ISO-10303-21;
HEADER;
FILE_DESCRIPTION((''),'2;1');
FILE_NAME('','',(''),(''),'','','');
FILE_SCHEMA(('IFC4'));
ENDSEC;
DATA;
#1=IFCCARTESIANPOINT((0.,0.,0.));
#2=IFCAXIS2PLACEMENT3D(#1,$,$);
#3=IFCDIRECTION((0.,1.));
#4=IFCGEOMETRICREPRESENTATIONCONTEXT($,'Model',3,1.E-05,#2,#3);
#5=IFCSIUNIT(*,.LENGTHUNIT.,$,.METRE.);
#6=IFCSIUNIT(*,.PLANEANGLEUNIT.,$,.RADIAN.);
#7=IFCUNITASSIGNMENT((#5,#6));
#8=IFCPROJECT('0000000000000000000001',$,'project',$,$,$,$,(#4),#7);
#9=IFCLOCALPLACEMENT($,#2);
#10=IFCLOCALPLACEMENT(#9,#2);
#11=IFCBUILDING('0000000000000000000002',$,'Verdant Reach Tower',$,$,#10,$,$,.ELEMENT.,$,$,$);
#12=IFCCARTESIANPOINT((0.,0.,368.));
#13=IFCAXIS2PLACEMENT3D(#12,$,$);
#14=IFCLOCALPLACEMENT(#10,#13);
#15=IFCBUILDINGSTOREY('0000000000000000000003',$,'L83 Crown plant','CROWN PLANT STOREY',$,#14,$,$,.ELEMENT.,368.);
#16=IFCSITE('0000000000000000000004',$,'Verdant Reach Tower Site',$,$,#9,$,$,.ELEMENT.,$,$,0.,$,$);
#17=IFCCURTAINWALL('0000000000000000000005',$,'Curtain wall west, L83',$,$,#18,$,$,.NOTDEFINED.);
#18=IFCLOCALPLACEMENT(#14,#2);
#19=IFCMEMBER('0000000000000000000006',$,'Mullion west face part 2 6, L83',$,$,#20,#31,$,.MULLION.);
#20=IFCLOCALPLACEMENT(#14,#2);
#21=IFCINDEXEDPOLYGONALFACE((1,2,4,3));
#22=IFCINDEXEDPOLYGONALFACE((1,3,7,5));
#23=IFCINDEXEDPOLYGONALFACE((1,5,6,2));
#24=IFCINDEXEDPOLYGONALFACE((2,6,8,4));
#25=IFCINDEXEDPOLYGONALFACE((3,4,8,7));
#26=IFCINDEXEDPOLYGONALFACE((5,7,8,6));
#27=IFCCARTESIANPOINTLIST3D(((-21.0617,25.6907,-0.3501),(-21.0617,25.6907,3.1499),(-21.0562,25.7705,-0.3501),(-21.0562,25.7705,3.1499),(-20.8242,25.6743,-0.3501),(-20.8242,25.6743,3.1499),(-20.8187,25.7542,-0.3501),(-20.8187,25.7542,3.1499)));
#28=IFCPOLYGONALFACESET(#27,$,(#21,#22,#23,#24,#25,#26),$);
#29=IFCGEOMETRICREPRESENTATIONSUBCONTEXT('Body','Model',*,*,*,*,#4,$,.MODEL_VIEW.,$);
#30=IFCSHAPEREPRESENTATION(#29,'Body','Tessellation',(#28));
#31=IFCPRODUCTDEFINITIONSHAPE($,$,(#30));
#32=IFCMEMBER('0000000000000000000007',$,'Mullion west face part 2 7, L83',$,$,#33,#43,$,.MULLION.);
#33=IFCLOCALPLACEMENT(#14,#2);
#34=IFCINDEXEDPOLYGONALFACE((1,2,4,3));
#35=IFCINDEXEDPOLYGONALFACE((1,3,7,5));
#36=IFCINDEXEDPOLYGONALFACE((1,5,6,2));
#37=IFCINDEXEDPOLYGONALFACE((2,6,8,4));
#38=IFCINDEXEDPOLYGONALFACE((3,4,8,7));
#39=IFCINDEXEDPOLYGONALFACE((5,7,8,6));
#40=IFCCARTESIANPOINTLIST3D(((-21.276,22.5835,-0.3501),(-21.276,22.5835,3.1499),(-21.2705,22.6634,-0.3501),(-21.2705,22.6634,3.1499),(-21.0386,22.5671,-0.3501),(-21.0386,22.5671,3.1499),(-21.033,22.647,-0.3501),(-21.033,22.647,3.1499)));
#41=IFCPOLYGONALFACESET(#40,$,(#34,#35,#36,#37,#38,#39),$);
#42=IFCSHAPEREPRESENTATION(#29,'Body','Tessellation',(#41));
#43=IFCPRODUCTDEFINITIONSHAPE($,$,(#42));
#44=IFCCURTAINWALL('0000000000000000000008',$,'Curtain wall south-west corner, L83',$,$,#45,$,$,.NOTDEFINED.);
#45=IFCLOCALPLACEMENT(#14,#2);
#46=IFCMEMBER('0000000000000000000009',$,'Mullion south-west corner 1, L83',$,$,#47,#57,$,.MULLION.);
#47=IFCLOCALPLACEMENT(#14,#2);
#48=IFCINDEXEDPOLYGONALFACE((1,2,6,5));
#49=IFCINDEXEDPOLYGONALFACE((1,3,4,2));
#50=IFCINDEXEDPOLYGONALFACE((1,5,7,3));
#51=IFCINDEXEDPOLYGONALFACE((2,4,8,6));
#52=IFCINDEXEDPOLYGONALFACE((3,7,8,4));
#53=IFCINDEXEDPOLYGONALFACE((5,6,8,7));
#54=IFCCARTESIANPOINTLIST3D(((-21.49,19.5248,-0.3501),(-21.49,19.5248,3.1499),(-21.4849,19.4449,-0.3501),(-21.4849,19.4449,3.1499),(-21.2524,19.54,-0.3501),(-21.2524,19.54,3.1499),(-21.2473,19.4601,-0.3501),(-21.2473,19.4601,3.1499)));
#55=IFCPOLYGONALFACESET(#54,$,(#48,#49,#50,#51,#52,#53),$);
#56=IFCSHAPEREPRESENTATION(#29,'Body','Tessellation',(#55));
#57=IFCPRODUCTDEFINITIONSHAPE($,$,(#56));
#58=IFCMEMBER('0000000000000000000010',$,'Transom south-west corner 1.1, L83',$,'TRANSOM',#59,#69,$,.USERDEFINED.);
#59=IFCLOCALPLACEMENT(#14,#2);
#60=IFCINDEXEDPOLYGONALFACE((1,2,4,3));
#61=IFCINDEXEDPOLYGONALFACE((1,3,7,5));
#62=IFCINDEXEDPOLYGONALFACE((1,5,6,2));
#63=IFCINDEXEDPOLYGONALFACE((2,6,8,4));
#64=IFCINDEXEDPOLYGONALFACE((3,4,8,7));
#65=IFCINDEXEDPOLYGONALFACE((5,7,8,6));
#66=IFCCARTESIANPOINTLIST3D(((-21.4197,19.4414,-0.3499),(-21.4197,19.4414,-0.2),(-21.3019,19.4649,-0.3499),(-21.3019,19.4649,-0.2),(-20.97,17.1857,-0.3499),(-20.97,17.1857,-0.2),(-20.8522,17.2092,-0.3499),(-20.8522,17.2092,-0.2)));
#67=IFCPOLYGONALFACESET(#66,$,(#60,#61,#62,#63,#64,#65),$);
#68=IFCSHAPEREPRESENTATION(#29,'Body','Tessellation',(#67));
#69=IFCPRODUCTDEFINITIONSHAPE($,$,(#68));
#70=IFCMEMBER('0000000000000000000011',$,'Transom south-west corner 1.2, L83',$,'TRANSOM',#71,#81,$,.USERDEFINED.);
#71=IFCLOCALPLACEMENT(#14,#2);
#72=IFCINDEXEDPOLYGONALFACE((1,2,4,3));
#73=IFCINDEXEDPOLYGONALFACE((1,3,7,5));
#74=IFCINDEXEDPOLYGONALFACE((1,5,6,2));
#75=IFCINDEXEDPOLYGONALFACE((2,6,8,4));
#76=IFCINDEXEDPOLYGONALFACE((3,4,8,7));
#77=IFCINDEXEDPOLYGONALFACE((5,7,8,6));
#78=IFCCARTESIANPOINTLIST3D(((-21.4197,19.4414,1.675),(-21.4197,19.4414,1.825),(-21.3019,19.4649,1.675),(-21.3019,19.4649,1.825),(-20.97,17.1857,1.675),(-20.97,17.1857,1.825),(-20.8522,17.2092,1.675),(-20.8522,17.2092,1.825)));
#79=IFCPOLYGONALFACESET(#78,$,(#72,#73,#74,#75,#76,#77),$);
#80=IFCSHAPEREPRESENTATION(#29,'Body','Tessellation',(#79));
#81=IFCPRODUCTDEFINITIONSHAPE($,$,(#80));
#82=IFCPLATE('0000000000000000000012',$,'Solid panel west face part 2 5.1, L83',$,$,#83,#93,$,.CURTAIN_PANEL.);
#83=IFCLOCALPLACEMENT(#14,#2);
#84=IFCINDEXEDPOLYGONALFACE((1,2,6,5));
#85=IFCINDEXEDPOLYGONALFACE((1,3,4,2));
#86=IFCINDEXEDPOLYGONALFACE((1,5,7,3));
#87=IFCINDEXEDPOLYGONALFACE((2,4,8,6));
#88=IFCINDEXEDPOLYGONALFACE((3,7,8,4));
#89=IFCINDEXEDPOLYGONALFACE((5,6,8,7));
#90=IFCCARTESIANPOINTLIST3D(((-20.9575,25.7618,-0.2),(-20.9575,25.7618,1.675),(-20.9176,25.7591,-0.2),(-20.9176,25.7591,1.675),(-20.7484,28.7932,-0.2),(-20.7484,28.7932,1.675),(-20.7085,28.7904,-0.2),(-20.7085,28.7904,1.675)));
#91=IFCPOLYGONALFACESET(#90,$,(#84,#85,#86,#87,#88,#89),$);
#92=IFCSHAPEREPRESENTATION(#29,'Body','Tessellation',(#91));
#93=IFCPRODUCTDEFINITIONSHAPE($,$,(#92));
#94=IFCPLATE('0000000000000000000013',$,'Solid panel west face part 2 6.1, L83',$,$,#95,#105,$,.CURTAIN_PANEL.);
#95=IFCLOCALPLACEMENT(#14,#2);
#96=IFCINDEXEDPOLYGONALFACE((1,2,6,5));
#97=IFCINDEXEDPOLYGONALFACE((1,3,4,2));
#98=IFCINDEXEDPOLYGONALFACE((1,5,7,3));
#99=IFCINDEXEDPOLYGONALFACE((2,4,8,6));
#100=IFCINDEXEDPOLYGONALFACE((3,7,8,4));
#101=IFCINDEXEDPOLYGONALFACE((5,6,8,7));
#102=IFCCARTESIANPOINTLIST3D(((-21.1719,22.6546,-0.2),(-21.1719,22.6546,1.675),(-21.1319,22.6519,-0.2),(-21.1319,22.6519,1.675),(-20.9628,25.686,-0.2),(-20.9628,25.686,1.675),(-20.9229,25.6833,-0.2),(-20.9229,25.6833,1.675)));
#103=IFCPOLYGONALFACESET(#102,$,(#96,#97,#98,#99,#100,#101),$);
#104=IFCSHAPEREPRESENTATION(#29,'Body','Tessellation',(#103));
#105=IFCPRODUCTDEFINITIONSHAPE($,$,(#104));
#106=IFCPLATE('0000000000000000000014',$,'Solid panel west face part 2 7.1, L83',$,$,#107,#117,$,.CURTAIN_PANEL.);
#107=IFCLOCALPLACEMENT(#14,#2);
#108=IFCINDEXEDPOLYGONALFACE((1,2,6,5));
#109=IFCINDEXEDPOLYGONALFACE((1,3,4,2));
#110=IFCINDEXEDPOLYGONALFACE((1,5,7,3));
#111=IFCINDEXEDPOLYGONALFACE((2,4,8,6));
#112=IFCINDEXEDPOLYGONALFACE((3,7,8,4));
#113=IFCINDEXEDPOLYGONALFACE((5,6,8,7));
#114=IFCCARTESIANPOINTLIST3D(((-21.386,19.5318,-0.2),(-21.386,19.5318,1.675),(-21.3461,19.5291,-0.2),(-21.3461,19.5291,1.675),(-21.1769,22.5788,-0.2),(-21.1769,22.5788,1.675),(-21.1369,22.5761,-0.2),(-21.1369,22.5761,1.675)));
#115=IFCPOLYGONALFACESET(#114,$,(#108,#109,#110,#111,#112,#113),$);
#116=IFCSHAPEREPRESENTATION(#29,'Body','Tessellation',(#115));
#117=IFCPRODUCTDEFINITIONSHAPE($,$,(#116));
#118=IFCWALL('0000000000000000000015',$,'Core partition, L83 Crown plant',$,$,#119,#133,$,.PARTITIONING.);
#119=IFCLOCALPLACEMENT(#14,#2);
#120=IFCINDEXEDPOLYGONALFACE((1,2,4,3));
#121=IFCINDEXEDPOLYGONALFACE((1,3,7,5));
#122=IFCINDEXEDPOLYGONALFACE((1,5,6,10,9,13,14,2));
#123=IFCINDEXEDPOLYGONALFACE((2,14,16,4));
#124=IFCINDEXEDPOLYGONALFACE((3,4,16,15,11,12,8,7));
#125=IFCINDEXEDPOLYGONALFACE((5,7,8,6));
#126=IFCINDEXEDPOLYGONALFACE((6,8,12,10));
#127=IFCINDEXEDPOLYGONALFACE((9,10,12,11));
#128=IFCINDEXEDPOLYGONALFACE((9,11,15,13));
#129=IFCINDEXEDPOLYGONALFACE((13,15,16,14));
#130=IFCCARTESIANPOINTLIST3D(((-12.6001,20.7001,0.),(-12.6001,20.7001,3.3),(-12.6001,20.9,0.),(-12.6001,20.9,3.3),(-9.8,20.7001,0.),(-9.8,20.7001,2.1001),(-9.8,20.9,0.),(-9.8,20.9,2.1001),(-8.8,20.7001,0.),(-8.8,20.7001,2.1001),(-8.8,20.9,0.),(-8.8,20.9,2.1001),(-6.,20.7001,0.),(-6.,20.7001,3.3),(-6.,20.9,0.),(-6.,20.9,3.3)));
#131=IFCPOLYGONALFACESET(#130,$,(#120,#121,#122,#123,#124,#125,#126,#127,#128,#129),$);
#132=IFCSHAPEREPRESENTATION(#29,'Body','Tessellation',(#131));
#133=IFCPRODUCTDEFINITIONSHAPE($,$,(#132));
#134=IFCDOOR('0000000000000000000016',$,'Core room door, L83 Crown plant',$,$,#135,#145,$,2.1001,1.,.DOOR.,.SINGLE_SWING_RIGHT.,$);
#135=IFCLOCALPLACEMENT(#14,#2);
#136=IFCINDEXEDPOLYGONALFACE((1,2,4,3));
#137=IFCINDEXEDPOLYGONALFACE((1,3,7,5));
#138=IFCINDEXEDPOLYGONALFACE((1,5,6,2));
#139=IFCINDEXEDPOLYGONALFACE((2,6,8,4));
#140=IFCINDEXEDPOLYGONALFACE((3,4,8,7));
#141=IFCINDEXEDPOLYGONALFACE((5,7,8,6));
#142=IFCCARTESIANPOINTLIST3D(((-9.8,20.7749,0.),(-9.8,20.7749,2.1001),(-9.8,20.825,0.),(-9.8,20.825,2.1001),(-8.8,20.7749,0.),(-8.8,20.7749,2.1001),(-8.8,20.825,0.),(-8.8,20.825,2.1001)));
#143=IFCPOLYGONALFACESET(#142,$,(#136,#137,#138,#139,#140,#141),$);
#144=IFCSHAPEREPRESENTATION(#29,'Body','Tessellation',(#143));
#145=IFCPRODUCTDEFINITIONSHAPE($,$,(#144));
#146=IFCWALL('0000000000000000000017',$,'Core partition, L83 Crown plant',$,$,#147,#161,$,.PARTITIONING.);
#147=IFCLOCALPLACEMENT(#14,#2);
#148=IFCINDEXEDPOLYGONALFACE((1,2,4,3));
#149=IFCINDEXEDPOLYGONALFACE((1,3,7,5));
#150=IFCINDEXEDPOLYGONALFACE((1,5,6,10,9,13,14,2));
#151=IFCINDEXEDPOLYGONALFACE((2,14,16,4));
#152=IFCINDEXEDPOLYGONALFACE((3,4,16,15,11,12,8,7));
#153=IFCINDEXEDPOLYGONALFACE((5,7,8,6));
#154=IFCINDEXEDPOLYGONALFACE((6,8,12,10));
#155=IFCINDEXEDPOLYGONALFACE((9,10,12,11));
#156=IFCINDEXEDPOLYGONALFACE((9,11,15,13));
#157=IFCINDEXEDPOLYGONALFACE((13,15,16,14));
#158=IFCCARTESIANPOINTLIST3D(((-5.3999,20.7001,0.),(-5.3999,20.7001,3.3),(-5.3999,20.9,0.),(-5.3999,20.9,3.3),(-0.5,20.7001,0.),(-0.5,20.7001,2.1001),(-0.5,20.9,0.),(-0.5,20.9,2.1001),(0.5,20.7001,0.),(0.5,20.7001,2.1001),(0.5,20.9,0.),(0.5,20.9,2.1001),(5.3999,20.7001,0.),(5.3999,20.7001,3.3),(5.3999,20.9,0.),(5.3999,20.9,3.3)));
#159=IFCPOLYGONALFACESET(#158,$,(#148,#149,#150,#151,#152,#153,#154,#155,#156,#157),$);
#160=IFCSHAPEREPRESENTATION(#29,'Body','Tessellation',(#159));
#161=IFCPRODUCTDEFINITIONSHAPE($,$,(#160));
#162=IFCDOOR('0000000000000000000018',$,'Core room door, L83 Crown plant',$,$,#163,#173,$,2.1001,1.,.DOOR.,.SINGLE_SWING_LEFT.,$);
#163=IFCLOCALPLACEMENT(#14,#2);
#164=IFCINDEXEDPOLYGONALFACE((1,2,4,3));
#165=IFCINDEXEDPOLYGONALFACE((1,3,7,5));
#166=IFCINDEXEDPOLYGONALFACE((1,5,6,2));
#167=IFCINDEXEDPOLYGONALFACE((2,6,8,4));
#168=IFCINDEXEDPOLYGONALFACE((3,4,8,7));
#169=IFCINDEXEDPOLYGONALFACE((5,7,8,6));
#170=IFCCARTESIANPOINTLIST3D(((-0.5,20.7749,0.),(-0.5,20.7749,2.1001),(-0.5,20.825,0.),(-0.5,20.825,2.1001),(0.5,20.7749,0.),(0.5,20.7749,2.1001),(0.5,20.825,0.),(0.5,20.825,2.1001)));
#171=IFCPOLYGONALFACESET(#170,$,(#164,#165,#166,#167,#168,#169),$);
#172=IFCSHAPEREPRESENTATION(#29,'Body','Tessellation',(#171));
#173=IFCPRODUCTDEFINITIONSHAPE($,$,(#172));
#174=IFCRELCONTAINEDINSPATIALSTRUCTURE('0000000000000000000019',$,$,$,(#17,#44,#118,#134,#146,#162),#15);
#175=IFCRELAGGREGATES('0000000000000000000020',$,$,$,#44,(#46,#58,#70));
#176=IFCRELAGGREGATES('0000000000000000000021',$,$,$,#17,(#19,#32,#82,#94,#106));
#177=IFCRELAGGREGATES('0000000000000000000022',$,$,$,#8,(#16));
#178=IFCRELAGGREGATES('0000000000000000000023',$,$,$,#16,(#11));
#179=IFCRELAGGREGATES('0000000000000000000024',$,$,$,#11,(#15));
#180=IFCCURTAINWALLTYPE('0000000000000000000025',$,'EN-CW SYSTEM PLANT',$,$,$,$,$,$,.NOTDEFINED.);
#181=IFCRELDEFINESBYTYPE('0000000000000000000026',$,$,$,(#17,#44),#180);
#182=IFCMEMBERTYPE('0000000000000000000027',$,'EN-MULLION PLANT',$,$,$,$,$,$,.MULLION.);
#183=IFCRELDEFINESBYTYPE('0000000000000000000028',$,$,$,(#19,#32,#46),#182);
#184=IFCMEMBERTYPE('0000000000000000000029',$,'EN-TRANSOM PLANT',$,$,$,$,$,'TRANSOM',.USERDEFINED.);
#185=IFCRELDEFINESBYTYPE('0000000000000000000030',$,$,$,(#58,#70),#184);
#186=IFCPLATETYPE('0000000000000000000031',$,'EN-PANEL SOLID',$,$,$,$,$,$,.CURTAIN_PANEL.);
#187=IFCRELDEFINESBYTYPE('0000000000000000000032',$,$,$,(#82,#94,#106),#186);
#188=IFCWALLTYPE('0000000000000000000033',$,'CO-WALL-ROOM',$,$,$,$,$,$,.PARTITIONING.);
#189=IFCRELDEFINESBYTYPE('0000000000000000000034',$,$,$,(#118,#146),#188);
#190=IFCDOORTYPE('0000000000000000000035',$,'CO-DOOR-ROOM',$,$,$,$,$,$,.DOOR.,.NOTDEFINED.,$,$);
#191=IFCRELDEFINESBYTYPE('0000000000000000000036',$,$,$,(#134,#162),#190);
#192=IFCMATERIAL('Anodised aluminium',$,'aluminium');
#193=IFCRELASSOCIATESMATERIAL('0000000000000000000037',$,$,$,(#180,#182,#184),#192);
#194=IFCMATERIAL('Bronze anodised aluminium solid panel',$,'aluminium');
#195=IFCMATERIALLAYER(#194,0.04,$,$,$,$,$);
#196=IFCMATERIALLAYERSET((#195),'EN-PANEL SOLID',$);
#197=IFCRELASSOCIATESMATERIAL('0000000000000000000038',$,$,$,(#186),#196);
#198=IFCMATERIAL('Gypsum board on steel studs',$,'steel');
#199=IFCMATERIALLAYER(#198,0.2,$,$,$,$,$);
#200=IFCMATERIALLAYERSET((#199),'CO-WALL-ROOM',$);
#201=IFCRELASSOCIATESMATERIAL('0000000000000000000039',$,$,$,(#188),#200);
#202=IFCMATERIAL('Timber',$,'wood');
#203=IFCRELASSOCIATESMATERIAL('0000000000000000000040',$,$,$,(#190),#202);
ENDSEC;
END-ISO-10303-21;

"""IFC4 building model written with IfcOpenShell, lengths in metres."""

from ifc_helpers import new_model, si_unit, direction, frame, frame_2d, origin, origin_2d, place, context, subcontext, project, spatial, rectangle, extrude, material, layer, layer_set, material_profile, profile_set, type_object, element, fill, aggregate, save


model = new_model("IFC4")

# Units and contexts
model_context = context("Model", 3, precision=1e-05, world=origin(), true_north=direction((0.0, 1.0)))
body_context = subcontext(model_context, "Body", "Model", "MODEL_VIEW")
ifc_project = project(units=[si_unit("LENGTHUNIT", "METRE"), si_unit("PLANEANGLEUNIT", "RADIAN")], contexts=[model_context])

# Site, building, storey
site_placement = place(None, origin())
site = spatial("IfcSite", under=ifc_project, at=site_placement, Name="Verdant Reach Tower Site", CompositionType="ELEMENT", RefElevation=0.0)
building_placement = place(site_placement, origin())
building = spatial("IfcBuilding", under=site, at=building_placement, Name="Verdant Reach Tower", CompositionType="ELEMENT")
storey_placement = place(building_placement, frame((0.0, 0.0, 368.0)))
storey = spatial("IfcBuildingStorey", under=building, at=storey_placement, Name="L83 Crown plant", Description="CROWN PLANT STOREY", CompositionType="ELEMENT", Elevation=368.0)

# Curtain walls, members
ifc_material_1 = material(Name="Anodised aluminium", Category="aluminium")
curtain_wall_type = type_object("IfcCurtainWallType", Name="EN-CW SYSTEM PLANT", PredefinedType="NOTDEFINED", material=ifc_material_1)
curtain_wall_1_placement = place(storey_placement, origin())
curtain_wall_1 = element("IfcCurtainWall", 1, at=curtain_wall_1_placement, inside=storey, type_object=curtain_wall_type, Name="Curtain wall west, L83", PredefinedType="NOTDEFINED")
ifc_material_profile_1 = material_profile(ifc_material_1, rectangle(XDim=0.238, YDim=0.0801, at=origin_2d()), Name="Mullion 80x240")
ifc_profile_set_1 = profile_set([ifc_material_profile_1], Name="Anodised aluminium")
member_type_1 = type_object("IfcMemberType", Name="EN-MULLION PLANT", PredefinedType="MULLION", material=ifc_profile_set_1)
member_1_placement = place(storey_placement, frame((-20.9402, 25.7224, -0.3501), z_axis=(0.0, 0.0, 1.0), x_axis=(-0.99763, 0.068802, 0.0)))
member_1 = element("IfcMember", 2, at=member_1_placement, type_object=member_type_1, Name="Mullion west face part 2 6, L83", PredefinedType="MULLION", context=body_context, shape_type="SweptSolid", body=[
    extrude(rectangle(XDim=0.238, YDim=0.0801, at=origin_2d()), origin(), (0.0, 0.0, 1.0), 3.5),
])
member_2_placement = place(storey_placement, frame((-21.1545, 22.6152, -0.3501), z_axis=(0.0, 0.0, 1.0), x_axis=(-0.99763, 0.068802, 0.0)))
member_2 = element("IfcMember", 3, at=member_2_placement, type_object=member_type_1, Name="Mullion west face part 2 7, L83", PredefinedType="MULLION", context=body_context, shape_type="SweptSolid", body=[
    extrude(rectangle(XDim=0.238, YDim=0.0801, at=origin_2d()), origin(), (0.0, 0.0, 1.0), 3.5),
])
curtain_wall_2_placement = place(storey_placement, origin())
curtain_wall_2 = element("IfcCurtainWall", 4, at=curtain_wall_2_placement, inside=storey, type_object=curtain_wall_type, Name="Curtain wall south-west corner, L83", PredefinedType="NOTDEFINED")
member_3_placement = place(storey_placement, frame((-21.3687, 19.4924, -0.3501), z_axis=(0.0, 0.0, 1.0), x_axis=(-0.997969, -0.063699, 0.0)))
member_3 = element("IfcMember", 5, at=member_3_placement, type_object=member_type_1, Name="Mullion south-west corner 1, L83", PredefinedType="MULLION", context=body_context, shape_type="SweptSolid", body=[
    extrude(rectangle(XDim=0.238, YDim=0.0801, at=origin_2d()), origin(), (0.0, 0.0, 1.0), 3.5),
])
ifc_material_profile_2 = material_profile(ifc_material_1, rectangle(XDim=0.1201, YDim=0.1499, at=origin_2d()), Name="Transom 150x120")
ifc_profile_set_2 = profile_set([ifc_material_profile_2], Name="Anodised aluminium")
member_type_2 = type_object("IfcMemberType", Name="EN-TRANSOM PLANT", ElementType="TRANSOM", PredefinedType="USERDEFINED", material=ifc_profile_set_2)
member_4_placement = place(storey_placement, frame((-21.3608, 19.4531, -0.2749), z_axis=(0.195524, -0.980699, 0.0), x_axis=(0.980699, 0.195524, 0.0)))
member_4 = element("IfcMember", 6, at=member_4_placement, type_object=member_type_2, Name="Transom south-west corner 1.1, L83", ObjectType="TRANSOM", PredefinedType="USERDEFINED", context=body_context, shape_type="SweptSolid", body=[
    extrude(rectangle(XDim=0.1201, YDim=0.1499, at=origin_2d()), origin(), (0.0, 0.0, 1.0), 2.3),
])
member_5_placement = place(storey_placement, frame((-21.3608, 19.4531, 1.75), z_axis=(0.195524, -0.980699, 0.0), x_axis=(0.980699, 0.195524, 0.0)))
member_5 = element("IfcMember", 7, at=member_5_placement, type_object=member_type_2, Name="Transom south-west corner 1.2, L83", ObjectType="TRANSOM", PredefinedType="USERDEFINED", context=body_context, shape_type="SweptSolid", body=[
    extrude(rectangle(XDim=0.1201, YDim=0.1499, at=origin_2d()), origin(), (0.0, 0.0, 1.0), 2.3),
])
aggregate(curtain_wall_2, [member_3, member_4, member_5])

# Plates
ifc_material_2 = material(Name="Bronze anodised aluminium solid panel", Category="aluminium")
ifc_layer_1 = layer(ifc_material_2, 0.04)
ifc_layer_set_1 = layer_set([ifc_layer_1], Name="EN-PANEL SOLID")
plate_type = type_object("IfcPlateType", Name="EN-PANEL SOLID", PredefinedType="CURTAIN_PANEL", material=ifc_layer_set_1)
plate_1_placement = place(storey_placement, frame((-20.833, 27.2761, -0.2), z_axis=(0.0, 0.0, 1.0), x_axis=(-0.068802, -0.99763, 0.0)))
plate_1 = element("IfcPlate", 8, at=plate_1_placement, type_object=plate_type, Name="Solid panel west face part 2 5.1, L83", PredefinedType="CURTAIN_PANEL", context=body_context, shape_type="SweptSolid", body=[
    extrude(rectangle(XDim=3.0386, YDim=0.04, at=origin_2d()), origin(), (0.0, 0.0, 1.0), 1.875),
])
plate_2_placement = place(storey_placement, frame((-21.0474, 24.1689, -0.2), z_axis=(0.0, 0.0, 1.0), x_axis=(-0.068802, -0.99763, 0.0)))
plate_2 = element("IfcPlate", 9, at=plate_2_placement, type_object=plate_type, Name="Solid panel west face part 2 6.1, L83", PredefinedType="CURTAIN_PANEL", context=body_context, shape_type="SweptSolid", body=[
    extrude(rectangle(XDim=3.0386, YDim=0.04, at=origin_2d()), origin(), (0.0, 0.0, 1.0), 1.875),
])
plate_3_placement = place(storey_placement, frame((-21.2615, 21.054, -0.2), z_axis=(0.0, 0.0, 1.0), x_axis=(-0.068469, -0.997653, 0.0)))
plate_3 = element("IfcPlate", 10, at=plate_3_placement, type_object=plate_type, Name="Solid panel west face part 2 7.1, L83", PredefinedType="CURTAIN_PANEL", context=body_context, shape_type="SweptSolid", body=[
    extrude(rectangle(XDim=3.0542, YDim=0.04, at=origin_2d()), origin(), (0.0, 0.0, 1.0), 1.875),
])

# Walls, openings, doors
ifc_material_3 = material(Name="Gypsum board on steel studs", Category="steel")
ifc_layer_2 = layer(ifc_material_3, 0.2)
ifc_layer_set_2 = layer_set([ifc_layer_2], Name="CO-WALL-ROOM")
wall_type_1 = type_object("IfcWallType", Name="CO-WALL-ROOM", PredefinedType="PARTITIONING", material=ifc_layer_set_2)
wall_1_placement = place(storey_placement, frame((-12.6001, 20.8, 0.0), z_axis=(0.0, 0.0, 1.0), x_axis=(1.0, 0.0, 0.0)))
wall_1 = element("IfcWall", 11, at=wall_1_placement, inside=storey, type_object=wall_type_1, Name="Core partition, L83 Crown plant", PredefinedType="PARTITIONING", context=body_context, shape_type="SweptSolid", body=[
    extrude(rectangle(XDim=6.6001, YDim=0.2, at=frame_2d((3.3, 0.0))), origin(), (0.0, 0.0, 1.0), 3.3),
])
opening_1_placement = place(wall_1_placement, frame((2.8, 0.0, 0.0)))
opening_1 = element("IfcOpeningElement", 12, at=opening_1_placement, cuts=wall_1, PredefinedType="OPENING", context=body_context, shape_type="SweptSolid", body=[
    extrude(rectangle(XDim=1.0, YDim=2.1001, at=frame_2d((0.5, 1.05))), frame((0.0, 0.1099, 0.0), z_axis=(0.0, -1.0, 0.0), x_axis=(1.0, 0.0, 0.0)), (0.0, 0.0, 1.0), 0.22),
])
ifc_material_4 = material(Name="Timber", Category="wood")
door_type_1 = type_object("IfcDoorType", Name="CO-DOOR-ROOM", OperationType="NOTDEFINED", PredefinedType="DOOR", material=ifc_material_4)
door_1_placement = place(opening_1_placement, origin())
door_1 = element("IfcDoor", 13, at=door_1_placement, inside=storey, type_object=door_type_1, Name="Core room door, L83 Crown plant", OperationType="SINGLE_SWING_RIGHT", OverallHeight=2.1001, OverallWidth=1.0, PredefinedType="DOOR", context=body_context, shape_type="SweptSolid", body=[
    extrude(rectangle(XDim=1.0, YDim=2.1001, at=frame_2d((0.5, 1.05))), frame((0.0, 0.0249, 0.0), z_axis=(0.0, -1.0, 0.0), x_axis=(1.0, 0.0, 0.0)), (0.0, 0.0, 1.0), 0.05),
])
fill(opening_1, door_1)
wall_2_placement = place(storey_placement, frame((-5.3999, 20.8, 0.0), z_axis=(0.0, 0.0, 1.0), x_axis=(1.0, 0.0, 0.0)))
wall_2 = element("IfcWall", 14, at=wall_2_placement, inside=storey, type_object=wall_type_1, Name="Core partition, L83 Crown plant", PredefinedType="PARTITIONING", context=body_context, shape_type="SweptSolid", body=[
    extrude(rectangle(XDim=10.7998, YDim=0.2, at=frame_2d((5.3999, 0.0))), origin(), (0.0, 0.0, 1.0), 3.3),
])
opening_2_placement = place(wall_2_placement, frame((4.8999, 0.0, 0.0)))
opening_2 = element("IfcOpeningElement", 15, at=opening_2_placement, cuts=wall_2, PredefinedType="OPENING", context=body_context, shape_type="SweptSolid", body=[
    extrude(rectangle(XDim=1.0, YDim=2.1001, at=frame_2d((0.5, 1.05))), frame((0.0, 0.1099, 0.0), z_axis=(0.0, -1.0, 0.0), x_axis=(1.0, 0.0, 0.0)), (0.0, 0.0, 1.0), 0.22),
])
door_2_placement = place(opening_2_placement, origin())
door_2 = element("IfcDoor", 16, at=door_2_placement, inside=storey, type_object=door_type_1, Name="Core room door, L83 Crown plant", OperationType="SINGLE_SWING_LEFT", OverallHeight=2.1001, OverallWidth=1.0, PredefinedType="DOOR", context=body_context, shape_type="SweptSolid", body=[
    extrude(rectangle(XDim=1.0, YDim=2.1001, at=frame_2d((0.5, 1.05))), frame((0.0, 0.0249, 0.0), z_axis=(0.0, -1.0, 0.0), x_axis=(1.0, 0.0, 0.0)), (0.0, 0.0, 1.0), 0.05),
])
fill(opening_2, door_2)

aggregate(curtain_wall_1, [member_1, member_2, plate_1, plate_2, plate_3])

save(model, "model.ifc")
